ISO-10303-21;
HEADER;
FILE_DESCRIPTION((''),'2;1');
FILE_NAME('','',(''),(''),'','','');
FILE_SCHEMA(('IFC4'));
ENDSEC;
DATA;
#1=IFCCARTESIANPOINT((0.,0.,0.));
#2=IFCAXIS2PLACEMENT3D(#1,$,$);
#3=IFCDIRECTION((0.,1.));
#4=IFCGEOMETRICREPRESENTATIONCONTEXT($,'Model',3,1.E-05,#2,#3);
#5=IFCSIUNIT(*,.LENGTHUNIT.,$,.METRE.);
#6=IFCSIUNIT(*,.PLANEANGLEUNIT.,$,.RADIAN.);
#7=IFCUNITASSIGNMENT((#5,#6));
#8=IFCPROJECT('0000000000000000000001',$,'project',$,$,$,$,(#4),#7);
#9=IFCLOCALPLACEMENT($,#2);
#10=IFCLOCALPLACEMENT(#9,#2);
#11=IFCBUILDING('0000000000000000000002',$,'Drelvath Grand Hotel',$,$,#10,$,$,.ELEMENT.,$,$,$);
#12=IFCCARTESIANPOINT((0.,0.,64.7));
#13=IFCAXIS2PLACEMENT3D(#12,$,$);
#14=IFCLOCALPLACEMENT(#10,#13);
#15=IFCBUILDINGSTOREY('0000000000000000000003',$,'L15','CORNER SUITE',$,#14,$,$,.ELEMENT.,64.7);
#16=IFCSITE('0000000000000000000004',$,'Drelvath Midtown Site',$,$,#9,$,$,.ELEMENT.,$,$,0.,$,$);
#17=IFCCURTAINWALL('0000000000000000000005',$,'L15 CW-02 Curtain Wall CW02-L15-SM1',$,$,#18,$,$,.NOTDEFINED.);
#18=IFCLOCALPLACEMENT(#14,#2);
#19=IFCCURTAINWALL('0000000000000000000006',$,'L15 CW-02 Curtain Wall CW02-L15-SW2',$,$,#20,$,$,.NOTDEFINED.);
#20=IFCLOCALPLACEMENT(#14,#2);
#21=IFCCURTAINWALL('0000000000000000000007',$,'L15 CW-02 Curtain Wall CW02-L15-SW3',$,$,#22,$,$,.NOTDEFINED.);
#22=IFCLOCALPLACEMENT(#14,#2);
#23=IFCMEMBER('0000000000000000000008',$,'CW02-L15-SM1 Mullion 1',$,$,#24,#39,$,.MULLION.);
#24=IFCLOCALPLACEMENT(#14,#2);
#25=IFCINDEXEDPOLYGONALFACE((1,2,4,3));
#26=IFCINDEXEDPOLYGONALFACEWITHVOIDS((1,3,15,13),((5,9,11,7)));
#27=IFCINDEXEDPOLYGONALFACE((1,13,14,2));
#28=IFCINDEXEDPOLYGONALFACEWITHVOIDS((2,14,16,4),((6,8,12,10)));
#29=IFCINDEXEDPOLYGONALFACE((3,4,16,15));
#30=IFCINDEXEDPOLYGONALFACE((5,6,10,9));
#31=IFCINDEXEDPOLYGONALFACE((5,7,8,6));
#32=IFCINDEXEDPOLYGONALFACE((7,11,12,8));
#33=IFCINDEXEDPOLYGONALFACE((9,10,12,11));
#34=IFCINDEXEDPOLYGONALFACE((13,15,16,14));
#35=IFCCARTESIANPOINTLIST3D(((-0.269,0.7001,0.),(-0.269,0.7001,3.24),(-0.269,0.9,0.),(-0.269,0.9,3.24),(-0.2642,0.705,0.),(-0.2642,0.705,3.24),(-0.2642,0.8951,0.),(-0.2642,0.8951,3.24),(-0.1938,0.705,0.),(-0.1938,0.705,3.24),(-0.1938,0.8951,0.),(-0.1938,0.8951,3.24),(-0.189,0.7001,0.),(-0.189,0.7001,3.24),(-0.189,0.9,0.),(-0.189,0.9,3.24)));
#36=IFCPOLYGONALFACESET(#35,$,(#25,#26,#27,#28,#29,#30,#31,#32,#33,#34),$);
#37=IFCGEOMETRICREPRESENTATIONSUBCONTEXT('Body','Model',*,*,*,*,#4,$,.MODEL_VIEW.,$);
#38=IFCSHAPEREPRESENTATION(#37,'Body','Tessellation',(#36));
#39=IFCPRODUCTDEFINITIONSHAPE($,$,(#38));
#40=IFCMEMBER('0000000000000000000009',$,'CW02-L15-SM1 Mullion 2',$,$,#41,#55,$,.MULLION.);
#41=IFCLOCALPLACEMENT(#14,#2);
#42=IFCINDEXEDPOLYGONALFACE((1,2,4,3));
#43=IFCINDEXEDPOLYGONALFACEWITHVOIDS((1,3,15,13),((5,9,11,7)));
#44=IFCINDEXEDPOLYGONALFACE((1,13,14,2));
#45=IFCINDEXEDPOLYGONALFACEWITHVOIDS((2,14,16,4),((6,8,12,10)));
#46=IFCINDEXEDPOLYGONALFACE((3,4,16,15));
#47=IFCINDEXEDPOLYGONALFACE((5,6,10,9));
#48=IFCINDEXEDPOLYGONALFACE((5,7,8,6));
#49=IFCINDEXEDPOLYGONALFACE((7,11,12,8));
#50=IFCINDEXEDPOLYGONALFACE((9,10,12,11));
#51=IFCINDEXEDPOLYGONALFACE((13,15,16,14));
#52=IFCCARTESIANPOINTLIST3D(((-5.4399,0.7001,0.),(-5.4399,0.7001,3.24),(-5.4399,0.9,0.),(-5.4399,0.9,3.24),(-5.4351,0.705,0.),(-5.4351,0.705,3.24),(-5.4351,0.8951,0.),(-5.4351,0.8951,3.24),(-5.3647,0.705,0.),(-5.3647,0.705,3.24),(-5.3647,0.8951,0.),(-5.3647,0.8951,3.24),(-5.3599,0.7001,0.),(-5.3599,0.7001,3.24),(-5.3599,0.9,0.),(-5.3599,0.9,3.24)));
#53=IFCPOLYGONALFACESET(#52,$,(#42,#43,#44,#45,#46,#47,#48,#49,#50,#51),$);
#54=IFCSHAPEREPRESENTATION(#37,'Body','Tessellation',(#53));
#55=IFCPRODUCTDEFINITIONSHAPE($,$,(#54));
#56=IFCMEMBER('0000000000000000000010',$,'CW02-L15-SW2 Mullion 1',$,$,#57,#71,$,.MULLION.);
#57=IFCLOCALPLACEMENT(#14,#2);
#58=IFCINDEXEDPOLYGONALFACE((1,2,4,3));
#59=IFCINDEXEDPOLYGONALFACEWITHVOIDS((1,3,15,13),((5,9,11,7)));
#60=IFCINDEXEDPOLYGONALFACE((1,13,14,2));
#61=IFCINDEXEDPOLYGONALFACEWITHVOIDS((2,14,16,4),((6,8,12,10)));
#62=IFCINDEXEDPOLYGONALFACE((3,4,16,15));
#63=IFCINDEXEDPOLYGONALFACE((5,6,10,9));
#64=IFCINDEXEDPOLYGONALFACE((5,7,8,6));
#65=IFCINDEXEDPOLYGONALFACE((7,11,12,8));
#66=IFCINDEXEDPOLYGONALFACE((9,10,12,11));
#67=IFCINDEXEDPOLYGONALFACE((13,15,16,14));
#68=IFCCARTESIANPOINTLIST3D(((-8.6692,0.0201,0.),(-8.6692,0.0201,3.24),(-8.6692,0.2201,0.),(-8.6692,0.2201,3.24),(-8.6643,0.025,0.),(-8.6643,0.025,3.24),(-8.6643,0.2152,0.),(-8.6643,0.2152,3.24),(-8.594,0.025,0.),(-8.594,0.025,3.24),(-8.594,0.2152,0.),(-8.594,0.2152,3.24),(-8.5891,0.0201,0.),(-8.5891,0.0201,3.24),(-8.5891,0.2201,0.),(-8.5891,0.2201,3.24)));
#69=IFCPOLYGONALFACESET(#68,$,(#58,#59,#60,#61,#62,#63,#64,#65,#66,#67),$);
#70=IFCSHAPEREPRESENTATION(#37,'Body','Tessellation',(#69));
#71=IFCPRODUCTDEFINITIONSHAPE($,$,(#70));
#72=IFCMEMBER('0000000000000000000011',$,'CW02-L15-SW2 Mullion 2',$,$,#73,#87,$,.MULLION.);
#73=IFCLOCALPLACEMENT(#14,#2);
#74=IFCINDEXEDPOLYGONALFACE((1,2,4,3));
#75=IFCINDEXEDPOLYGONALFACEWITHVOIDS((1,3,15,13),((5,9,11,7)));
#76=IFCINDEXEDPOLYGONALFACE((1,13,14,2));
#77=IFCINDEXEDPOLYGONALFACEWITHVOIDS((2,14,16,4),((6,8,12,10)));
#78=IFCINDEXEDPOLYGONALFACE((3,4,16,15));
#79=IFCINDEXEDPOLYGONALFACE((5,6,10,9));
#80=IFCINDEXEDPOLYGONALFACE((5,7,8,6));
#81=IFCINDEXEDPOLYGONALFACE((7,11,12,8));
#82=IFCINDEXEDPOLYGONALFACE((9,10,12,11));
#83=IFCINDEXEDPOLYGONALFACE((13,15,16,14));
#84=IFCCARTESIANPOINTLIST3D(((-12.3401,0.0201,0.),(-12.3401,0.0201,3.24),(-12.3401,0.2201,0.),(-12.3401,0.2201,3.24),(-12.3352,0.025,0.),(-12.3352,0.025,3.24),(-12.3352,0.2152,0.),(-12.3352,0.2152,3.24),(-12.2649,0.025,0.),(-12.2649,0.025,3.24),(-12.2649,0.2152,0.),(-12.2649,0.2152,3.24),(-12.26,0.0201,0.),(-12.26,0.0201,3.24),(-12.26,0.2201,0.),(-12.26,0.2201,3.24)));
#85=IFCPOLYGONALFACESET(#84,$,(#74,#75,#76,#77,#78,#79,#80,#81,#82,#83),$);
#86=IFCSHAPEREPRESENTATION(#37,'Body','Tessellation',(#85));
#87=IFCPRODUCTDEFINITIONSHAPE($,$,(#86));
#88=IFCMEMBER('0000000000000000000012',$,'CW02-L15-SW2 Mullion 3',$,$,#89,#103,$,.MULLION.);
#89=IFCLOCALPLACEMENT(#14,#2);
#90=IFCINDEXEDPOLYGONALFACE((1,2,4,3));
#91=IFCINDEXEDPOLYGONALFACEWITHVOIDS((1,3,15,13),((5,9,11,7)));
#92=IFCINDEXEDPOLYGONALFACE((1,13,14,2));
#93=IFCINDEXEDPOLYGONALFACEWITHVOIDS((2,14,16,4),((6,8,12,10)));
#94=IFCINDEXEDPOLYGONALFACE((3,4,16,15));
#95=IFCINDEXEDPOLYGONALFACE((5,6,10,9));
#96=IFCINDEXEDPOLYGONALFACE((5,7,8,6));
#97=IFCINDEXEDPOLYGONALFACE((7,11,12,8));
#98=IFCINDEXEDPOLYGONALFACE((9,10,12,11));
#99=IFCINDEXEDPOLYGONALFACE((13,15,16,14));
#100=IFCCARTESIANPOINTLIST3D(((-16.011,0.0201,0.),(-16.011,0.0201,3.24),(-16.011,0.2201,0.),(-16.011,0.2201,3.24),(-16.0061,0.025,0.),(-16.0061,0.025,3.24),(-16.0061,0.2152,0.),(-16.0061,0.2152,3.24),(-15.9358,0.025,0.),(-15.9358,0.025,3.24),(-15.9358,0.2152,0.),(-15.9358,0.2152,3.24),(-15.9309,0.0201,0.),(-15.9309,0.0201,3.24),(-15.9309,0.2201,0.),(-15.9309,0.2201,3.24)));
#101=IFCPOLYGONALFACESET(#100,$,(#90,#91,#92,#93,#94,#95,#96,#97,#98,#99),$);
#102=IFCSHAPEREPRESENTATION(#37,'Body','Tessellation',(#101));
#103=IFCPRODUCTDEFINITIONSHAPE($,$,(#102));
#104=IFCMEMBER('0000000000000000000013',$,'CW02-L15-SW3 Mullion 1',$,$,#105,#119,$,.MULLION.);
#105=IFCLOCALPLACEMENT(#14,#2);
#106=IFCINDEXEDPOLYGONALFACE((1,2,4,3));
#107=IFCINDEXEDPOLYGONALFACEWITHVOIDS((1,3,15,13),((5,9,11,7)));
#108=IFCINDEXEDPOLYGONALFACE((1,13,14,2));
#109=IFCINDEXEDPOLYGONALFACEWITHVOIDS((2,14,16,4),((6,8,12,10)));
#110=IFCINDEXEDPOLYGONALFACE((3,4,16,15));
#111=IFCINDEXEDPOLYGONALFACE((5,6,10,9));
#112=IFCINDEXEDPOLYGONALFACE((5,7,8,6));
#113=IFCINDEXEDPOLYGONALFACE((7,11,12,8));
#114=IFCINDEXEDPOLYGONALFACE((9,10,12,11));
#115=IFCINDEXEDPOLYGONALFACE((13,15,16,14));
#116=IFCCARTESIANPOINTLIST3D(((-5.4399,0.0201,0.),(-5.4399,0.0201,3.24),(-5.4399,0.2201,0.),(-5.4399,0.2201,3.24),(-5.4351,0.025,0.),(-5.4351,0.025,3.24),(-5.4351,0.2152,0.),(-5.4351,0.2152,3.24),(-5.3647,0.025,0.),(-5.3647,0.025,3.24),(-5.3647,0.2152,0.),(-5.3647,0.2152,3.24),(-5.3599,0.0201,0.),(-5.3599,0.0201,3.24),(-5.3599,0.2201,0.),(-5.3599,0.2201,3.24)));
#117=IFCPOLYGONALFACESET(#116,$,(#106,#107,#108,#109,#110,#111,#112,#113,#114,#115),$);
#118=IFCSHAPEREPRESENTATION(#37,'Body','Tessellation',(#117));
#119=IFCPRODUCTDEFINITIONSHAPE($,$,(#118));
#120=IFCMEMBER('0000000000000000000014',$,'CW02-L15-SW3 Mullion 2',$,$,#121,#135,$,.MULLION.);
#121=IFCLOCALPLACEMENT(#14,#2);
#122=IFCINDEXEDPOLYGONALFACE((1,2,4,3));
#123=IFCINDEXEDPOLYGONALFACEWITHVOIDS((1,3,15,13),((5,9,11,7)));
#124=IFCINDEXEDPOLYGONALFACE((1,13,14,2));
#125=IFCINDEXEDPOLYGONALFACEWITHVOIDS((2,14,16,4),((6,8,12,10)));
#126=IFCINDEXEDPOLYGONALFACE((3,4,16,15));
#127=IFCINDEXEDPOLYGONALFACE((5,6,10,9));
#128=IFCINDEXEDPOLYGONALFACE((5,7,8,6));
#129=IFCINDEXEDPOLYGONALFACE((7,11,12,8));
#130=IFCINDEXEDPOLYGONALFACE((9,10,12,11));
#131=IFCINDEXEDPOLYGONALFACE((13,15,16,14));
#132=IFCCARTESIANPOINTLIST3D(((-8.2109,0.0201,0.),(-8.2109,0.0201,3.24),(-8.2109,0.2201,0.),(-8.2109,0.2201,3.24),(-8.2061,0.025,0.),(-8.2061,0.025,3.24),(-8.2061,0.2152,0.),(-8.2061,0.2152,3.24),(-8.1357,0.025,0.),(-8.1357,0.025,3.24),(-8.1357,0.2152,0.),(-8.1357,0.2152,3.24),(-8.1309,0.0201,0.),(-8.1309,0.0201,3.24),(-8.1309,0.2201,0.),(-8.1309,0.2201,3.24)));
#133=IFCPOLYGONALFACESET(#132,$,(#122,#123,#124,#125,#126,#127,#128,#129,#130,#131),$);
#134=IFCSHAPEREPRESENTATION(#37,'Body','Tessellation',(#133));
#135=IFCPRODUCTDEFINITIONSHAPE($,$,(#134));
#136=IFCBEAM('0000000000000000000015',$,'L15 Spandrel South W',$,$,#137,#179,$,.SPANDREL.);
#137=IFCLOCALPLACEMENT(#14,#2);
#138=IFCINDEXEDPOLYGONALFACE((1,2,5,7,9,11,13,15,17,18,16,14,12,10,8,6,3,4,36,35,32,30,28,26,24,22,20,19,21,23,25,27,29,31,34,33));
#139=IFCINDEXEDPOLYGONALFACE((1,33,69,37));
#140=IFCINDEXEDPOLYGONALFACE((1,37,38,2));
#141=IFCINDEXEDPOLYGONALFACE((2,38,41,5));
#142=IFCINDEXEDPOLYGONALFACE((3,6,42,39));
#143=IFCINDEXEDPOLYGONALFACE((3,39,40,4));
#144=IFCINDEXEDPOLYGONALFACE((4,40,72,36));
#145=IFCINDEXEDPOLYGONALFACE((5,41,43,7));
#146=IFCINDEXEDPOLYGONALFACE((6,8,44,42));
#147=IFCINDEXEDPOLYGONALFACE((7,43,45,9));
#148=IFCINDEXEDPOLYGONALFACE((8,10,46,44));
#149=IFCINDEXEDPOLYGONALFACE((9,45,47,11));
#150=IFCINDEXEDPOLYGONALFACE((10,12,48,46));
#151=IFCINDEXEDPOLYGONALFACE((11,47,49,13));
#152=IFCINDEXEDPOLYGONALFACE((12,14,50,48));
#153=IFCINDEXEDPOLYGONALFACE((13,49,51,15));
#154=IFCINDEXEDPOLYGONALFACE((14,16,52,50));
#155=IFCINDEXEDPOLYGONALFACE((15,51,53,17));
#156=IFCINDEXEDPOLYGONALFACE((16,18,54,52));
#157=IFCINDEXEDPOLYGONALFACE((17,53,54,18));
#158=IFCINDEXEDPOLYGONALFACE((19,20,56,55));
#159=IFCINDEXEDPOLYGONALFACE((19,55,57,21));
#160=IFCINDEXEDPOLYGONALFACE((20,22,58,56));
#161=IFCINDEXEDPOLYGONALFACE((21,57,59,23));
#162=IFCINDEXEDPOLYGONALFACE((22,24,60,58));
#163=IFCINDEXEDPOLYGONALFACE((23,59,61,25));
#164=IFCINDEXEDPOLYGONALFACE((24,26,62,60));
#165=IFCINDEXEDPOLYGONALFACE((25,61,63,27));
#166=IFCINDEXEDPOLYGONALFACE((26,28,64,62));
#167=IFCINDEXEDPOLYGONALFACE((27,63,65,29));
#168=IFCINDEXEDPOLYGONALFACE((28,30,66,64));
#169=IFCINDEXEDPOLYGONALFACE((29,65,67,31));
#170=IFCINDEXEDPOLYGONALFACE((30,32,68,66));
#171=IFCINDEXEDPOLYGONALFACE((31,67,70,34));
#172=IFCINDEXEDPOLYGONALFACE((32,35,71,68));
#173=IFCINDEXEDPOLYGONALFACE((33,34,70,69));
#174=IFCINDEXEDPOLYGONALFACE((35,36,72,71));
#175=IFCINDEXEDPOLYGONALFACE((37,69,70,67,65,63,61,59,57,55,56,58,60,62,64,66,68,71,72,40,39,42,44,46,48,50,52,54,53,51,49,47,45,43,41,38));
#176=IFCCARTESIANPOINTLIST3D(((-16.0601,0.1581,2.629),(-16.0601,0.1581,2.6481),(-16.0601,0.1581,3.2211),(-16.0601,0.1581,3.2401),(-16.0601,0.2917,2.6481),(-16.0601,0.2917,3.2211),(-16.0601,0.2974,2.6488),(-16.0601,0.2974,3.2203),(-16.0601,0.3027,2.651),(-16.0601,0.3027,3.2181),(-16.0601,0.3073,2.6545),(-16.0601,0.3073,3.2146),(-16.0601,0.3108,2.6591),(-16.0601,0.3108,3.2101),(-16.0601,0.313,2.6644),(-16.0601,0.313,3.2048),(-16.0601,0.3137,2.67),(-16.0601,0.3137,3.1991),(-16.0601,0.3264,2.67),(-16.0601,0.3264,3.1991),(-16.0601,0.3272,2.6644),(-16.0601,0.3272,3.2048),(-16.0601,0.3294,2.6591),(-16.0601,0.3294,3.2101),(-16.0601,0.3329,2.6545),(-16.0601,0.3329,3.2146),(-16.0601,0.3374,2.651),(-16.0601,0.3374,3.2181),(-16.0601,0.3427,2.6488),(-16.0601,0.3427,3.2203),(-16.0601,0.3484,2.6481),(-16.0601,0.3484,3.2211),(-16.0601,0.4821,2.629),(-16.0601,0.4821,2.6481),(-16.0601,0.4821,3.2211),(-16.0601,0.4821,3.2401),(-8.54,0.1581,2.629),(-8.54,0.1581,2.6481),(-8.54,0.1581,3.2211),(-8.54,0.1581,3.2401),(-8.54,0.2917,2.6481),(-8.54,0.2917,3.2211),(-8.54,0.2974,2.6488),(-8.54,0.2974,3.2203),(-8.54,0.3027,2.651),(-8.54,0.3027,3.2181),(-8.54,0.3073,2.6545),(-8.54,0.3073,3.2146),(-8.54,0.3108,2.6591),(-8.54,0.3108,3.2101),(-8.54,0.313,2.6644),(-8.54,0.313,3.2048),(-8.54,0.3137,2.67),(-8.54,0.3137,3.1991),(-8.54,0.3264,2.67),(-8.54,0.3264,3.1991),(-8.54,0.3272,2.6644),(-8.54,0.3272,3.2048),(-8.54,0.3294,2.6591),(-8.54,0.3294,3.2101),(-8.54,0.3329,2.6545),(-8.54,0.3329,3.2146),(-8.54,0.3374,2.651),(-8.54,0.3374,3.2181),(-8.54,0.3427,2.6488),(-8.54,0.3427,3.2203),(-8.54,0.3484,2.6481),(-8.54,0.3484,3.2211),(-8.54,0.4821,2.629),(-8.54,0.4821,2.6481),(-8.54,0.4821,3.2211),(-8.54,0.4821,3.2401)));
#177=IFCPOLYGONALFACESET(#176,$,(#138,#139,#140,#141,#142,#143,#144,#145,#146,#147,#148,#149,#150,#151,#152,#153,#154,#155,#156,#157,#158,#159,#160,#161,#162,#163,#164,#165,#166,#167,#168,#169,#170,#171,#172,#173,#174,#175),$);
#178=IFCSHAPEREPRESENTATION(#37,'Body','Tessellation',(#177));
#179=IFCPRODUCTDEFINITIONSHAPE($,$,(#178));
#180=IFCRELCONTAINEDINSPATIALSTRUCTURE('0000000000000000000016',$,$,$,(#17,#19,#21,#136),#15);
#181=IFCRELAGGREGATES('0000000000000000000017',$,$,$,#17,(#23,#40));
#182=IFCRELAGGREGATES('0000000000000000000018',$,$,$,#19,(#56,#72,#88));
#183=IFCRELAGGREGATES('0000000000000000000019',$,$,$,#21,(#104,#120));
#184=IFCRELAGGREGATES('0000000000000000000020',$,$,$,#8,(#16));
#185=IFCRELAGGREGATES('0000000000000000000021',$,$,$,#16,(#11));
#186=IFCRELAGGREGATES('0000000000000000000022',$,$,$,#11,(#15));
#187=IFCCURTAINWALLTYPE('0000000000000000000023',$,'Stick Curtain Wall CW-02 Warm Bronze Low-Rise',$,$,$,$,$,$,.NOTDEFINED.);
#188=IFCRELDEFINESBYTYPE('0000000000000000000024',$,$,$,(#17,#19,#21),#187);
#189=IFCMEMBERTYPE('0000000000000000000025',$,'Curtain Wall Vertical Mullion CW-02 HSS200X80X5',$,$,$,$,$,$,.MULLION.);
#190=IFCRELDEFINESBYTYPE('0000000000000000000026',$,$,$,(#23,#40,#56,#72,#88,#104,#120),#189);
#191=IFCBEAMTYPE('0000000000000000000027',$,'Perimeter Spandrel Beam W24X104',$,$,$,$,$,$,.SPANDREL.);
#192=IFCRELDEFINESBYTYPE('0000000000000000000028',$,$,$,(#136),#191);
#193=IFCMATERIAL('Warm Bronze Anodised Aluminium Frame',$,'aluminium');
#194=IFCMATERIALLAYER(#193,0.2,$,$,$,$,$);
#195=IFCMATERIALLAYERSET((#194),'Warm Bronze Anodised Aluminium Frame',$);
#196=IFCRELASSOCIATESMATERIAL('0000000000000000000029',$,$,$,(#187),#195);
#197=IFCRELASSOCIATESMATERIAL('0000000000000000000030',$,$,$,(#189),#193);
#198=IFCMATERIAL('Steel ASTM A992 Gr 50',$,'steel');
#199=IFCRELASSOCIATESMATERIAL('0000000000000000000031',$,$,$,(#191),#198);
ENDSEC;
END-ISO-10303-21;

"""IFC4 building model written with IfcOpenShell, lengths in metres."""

from ifc_helpers import new_model, si_unit, direction, frame, origin, origin_2d, place, context, subcontext, project, spatial, hollow_rectangle, i_section, extrude, material, layer, layer_set, material_profile, profile_set, type_object, element, aggregate, save


model = new_model("IFC4")

# Units and contexts
model_context = context("Model", 3, precision=1e-05, world=origin(), true_north=direction((0.0, 1.0)))
body_context = subcontext(model_context, "Body", "Model", "MODEL_VIEW")
ifc_project = project(units=[si_unit("LENGTHUNIT", "METRE"), si_unit("PLANEANGLEUNIT", "RADIAN")], contexts=[model_context])

# Site, building, storey
site_placement = place(None, origin())
site = spatial("IfcSite", under=ifc_project, at=site_placement, Name="Drelvath Midtown Site", CompositionType="ELEMENT", RefElevation=0.0)
building_placement = place(site_placement, origin())
building = spatial("IfcBuilding", under=site, at=building_placement, Name="Drelvath Grand Hotel", CompositionType="ELEMENT")
storey_placement = place(building_placement, frame((0.0, 0.0, 64.7)))
storey = spatial("IfcBuildingStorey", under=building, at=storey_placement, Name="L15", Description="CORNER SUITE", CompositionType="ELEMENT", Elevation=64.7)

# Shared definitions
ifc_material_1 = material(Name="Steel ASTM A992 Gr 50", Category="steel")

# Curtain walls
ifc_material_2 = material(Name="Warm Bronze Anodised Aluminium Frame", Category="aluminium")
ifc_layer_1 = layer(ifc_material_2, 0.2)
ifc_layer_set_1 = layer_set([ifc_layer_1], Name="Warm Bronze Anodised Aluminium Frame")
curtain_wall_type = type_object("IfcCurtainWallType", Name="Stick Curtain Wall CW-02 Warm Bronze Low-Rise", PredefinedType="NOTDEFINED", material=ifc_layer_set_1)
curtain_wall_1_placement = place(storey_placement, origin())
curtain_wall_1 = element("IfcCurtainWall", 1, at=curtain_wall_1_placement, inside=storey, type_object=curtain_wall_type, Name="L15 CW-02 Curtain Wall CW02-L15-SM1", PredefinedType="NOTDEFINED")
curtain_wall_2_placement = place(storey_placement, origin())
curtain_wall_2 = element("IfcCurtainWall", 2, at=curtain_wall_2_placement, inside=storey, type_object=curtain_wall_type, Name="L15 CW-02 Curtain Wall CW02-L15-SW2", PredefinedType="NOTDEFINED")
curtain_wall_3_placement = place(storey_placement, origin())
curtain_wall_3 = element("IfcCurtainWall", 3, at=curtain_wall_3_placement, inside=storey, type_object=curtain_wall_type, Name="L15 CW-02 Curtain Wall CW02-L15-SW3", PredefinedType="NOTDEFINED")

# Members
ifc_material_profile_1 = material_profile(ifc_material_2, hollow_rectangle(XDim=0.0801, YDim=0.2, WallThickness=0.0049, at=origin_2d()), Name="HSS200X80X5")
ifc_profile_set_1 = profile_set([ifc_material_profile_1], Name="Warm Bronze Anodised Aluminium Frame")
member_type_1 = type_object("IfcMemberType", Name="Curtain Wall Vertical Mullion CW-02 HSS200X80X5", PredefinedType="MULLION", material=ifc_profile_set_1)
member_1_placement = place(storey_placement, frame((-0.229, 0.8, 0.0), z_axis=(0.0, 0.0, 1.0), x_axis=(1.0, 0.0, 0.0)))
member_1 = element("IfcMember", 4, at=member_1_placement, type_object=member_type_1, Name="CW02-L15-SM1 Mullion 1", PredefinedType="MULLION", context=body_context, shape_type="SweptSolid", body=[
    extrude(hollow_rectangle(XDim=0.0801, YDim=0.2, WallThickness=0.0049, at=origin_2d()), origin(), (0.0, 0.0, 1.0), 3.24),
])
member_2_placement = place(storey_placement, frame((-5.3999, 0.8, 0.0), z_axis=(0.0, 0.0, 1.0), x_axis=(1.0, 0.0, 0.0)))
member_2 = element("IfcMember", 5, at=member_2_placement, type_object=member_type_1, Name="CW02-L15-SM1 Mullion 2", PredefinedType="MULLION", context=body_context, shape_type="SweptSolid", body=[
    extrude(hollow_rectangle(XDim=0.0801, YDim=0.2, WallThickness=0.0049, at=origin_2d()), origin(), (0.0, 0.0, 1.0), 3.24),
])
member_3_placement = place(storey_placement, frame((-8.6292, 0.1201, 0.0), z_axis=(0.0, 0.0, 1.0), x_axis=(1.0, 0.0, 0.0)))
member_3 = element("IfcMember", 6, at=member_3_placement, type_object=member_type_1, Name="CW02-L15-SW2 Mullion 1", PredefinedType="MULLION", context=body_context, shape_type="SweptSolid", body=[
    extrude(hollow_rectangle(XDim=0.0801, YDim=0.2, WallThickness=0.0049, at=origin_2d()), origin(), (0.0, 0.0, 1.0), 3.24),
])
member_4_placement = place(storey_placement, frame((-12.3, 0.1201, 0.0), z_axis=(0.0, 0.0, 1.0), x_axis=(1.0, 0.0, 0.0)))
member_4 = element("IfcMember", 7, at=member_4_placement, type_object=member_type_1, Name="CW02-L15-SW2 Mullion 2", PredefinedType="MULLION", context=body_context, shape_type="SweptSolid", body=[
    extrude(hollow_rectangle(XDim=0.0801, YDim=0.2, WallThickness=0.0049, at=origin_2d()), origin(), (0.0, 0.0, 1.0), 3.24),
])
member_5_placement = place(storey_placement, frame((-15.9709, 0.1201, 0.0), z_axis=(0.0, 0.0, 1.0), x_axis=(1.0, 0.0, 0.0)))
member_5 = element("IfcMember", 8, at=member_5_placement, type_object=member_type_1, Name="CW02-L15-SW2 Mullion 3", PredefinedType="MULLION", context=body_context, shape_type="SweptSolid", body=[
    extrude(hollow_rectangle(XDim=0.0801, YDim=0.2, WallThickness=0.0049, at=origin_2d()), origin(), (0.0, 0.0, 1.0), 3.24),
])
member_6_placement = place(storey_placement, frame((-5.3999, 0.1201, 0.0), z_axis=(0.0, 0.0, 1.0), x_axis=(1.0, 0.0, 0.0)))
member_6 = element("IfcMember", 9, at=member_6_placement, type_object=member_type_1, Name="CW02-L15-SW3 Mullion 1", PredefinedType="MULLION", context=body_context, shape_type="SweptSolid", body=[
    extrude(hollow_rectangle(XDim=0.0801, YDim=0.2, WallThickness=0.0049, at=origin_2d()), origin(), (0.0, 0.0, 1.0), 3.24),
])
member_7_placement = place(storey_placement, frame((-8.1709, 0.1201, 0.0), z_axis=(0.0, 0.0, 1.0), x_axis=(1.0, 0.0, 0.0)))
member_7 = element("IfcMember", 10, at=member_7_placement, type_object=member_type_1, Name="CW02-L15-SW3 Mullion 2", PredefinedType="MULLION", context=body_context, shape_type="SweptSolid", body=[
    extrude(hollow_rectangle(XDim=0.0801, YDim=0.2, WallThickness=0.0049, at=origin_2d()), origin(), (0.0, 0.0, 1.0), 3.24),
])

# Beam
ifc_material_profile_2 = material_profile(ifc_material_1, i_section(OverallWidth=0.324, OverallDepth=0.6111, WebThickness=0.0127, FlangeThickness=0.019, FilletRadius=0.022, at=origin_2d()), Name="W24X104")
ifc_profile_set_2 = profile_set([ifc_material_profile_2], Name="Steel ASTM A992 Gr 50")
beam_type_1 = type_object("IfcBeamType", Name="Perimeter Spandrel Beam W24X104", PredefinedType="SPANDREL", material=ifc_profile_set_2)
beam_1_placement = place(storey_placement, frame((-16.0601, 0.3201, 2.9346), z_axis=(1.0, 0.0, 0.0), x_axis=(0.0, 1.0, 0.0)))
element("IfcBeam", 11, at=beam_1_placement, inside=storey, type_object=beam_type_1, Name="L15 Spandrel South W", PredefinedType="SPANDREL", context=body_context, shape_type="SweptSolid", body=[
    extrude(i_section(OverallWidth=0.324, OverallDepth=0.6111, WebThickness=0.0127, FlangeThickness=0.019, FilletRadius=0.022, at=origin_2d()), origin(), (0.0, 0.0, 1.0), 7.52),
])

aggregate(curtain_wall_1, [member_1, member_2])
aggregate(curtain_wall_2, [member_3, member_4, member_5])
aggregate(curtain_wall_3, [member_6, member_7])

save(model, "model.ifc")
